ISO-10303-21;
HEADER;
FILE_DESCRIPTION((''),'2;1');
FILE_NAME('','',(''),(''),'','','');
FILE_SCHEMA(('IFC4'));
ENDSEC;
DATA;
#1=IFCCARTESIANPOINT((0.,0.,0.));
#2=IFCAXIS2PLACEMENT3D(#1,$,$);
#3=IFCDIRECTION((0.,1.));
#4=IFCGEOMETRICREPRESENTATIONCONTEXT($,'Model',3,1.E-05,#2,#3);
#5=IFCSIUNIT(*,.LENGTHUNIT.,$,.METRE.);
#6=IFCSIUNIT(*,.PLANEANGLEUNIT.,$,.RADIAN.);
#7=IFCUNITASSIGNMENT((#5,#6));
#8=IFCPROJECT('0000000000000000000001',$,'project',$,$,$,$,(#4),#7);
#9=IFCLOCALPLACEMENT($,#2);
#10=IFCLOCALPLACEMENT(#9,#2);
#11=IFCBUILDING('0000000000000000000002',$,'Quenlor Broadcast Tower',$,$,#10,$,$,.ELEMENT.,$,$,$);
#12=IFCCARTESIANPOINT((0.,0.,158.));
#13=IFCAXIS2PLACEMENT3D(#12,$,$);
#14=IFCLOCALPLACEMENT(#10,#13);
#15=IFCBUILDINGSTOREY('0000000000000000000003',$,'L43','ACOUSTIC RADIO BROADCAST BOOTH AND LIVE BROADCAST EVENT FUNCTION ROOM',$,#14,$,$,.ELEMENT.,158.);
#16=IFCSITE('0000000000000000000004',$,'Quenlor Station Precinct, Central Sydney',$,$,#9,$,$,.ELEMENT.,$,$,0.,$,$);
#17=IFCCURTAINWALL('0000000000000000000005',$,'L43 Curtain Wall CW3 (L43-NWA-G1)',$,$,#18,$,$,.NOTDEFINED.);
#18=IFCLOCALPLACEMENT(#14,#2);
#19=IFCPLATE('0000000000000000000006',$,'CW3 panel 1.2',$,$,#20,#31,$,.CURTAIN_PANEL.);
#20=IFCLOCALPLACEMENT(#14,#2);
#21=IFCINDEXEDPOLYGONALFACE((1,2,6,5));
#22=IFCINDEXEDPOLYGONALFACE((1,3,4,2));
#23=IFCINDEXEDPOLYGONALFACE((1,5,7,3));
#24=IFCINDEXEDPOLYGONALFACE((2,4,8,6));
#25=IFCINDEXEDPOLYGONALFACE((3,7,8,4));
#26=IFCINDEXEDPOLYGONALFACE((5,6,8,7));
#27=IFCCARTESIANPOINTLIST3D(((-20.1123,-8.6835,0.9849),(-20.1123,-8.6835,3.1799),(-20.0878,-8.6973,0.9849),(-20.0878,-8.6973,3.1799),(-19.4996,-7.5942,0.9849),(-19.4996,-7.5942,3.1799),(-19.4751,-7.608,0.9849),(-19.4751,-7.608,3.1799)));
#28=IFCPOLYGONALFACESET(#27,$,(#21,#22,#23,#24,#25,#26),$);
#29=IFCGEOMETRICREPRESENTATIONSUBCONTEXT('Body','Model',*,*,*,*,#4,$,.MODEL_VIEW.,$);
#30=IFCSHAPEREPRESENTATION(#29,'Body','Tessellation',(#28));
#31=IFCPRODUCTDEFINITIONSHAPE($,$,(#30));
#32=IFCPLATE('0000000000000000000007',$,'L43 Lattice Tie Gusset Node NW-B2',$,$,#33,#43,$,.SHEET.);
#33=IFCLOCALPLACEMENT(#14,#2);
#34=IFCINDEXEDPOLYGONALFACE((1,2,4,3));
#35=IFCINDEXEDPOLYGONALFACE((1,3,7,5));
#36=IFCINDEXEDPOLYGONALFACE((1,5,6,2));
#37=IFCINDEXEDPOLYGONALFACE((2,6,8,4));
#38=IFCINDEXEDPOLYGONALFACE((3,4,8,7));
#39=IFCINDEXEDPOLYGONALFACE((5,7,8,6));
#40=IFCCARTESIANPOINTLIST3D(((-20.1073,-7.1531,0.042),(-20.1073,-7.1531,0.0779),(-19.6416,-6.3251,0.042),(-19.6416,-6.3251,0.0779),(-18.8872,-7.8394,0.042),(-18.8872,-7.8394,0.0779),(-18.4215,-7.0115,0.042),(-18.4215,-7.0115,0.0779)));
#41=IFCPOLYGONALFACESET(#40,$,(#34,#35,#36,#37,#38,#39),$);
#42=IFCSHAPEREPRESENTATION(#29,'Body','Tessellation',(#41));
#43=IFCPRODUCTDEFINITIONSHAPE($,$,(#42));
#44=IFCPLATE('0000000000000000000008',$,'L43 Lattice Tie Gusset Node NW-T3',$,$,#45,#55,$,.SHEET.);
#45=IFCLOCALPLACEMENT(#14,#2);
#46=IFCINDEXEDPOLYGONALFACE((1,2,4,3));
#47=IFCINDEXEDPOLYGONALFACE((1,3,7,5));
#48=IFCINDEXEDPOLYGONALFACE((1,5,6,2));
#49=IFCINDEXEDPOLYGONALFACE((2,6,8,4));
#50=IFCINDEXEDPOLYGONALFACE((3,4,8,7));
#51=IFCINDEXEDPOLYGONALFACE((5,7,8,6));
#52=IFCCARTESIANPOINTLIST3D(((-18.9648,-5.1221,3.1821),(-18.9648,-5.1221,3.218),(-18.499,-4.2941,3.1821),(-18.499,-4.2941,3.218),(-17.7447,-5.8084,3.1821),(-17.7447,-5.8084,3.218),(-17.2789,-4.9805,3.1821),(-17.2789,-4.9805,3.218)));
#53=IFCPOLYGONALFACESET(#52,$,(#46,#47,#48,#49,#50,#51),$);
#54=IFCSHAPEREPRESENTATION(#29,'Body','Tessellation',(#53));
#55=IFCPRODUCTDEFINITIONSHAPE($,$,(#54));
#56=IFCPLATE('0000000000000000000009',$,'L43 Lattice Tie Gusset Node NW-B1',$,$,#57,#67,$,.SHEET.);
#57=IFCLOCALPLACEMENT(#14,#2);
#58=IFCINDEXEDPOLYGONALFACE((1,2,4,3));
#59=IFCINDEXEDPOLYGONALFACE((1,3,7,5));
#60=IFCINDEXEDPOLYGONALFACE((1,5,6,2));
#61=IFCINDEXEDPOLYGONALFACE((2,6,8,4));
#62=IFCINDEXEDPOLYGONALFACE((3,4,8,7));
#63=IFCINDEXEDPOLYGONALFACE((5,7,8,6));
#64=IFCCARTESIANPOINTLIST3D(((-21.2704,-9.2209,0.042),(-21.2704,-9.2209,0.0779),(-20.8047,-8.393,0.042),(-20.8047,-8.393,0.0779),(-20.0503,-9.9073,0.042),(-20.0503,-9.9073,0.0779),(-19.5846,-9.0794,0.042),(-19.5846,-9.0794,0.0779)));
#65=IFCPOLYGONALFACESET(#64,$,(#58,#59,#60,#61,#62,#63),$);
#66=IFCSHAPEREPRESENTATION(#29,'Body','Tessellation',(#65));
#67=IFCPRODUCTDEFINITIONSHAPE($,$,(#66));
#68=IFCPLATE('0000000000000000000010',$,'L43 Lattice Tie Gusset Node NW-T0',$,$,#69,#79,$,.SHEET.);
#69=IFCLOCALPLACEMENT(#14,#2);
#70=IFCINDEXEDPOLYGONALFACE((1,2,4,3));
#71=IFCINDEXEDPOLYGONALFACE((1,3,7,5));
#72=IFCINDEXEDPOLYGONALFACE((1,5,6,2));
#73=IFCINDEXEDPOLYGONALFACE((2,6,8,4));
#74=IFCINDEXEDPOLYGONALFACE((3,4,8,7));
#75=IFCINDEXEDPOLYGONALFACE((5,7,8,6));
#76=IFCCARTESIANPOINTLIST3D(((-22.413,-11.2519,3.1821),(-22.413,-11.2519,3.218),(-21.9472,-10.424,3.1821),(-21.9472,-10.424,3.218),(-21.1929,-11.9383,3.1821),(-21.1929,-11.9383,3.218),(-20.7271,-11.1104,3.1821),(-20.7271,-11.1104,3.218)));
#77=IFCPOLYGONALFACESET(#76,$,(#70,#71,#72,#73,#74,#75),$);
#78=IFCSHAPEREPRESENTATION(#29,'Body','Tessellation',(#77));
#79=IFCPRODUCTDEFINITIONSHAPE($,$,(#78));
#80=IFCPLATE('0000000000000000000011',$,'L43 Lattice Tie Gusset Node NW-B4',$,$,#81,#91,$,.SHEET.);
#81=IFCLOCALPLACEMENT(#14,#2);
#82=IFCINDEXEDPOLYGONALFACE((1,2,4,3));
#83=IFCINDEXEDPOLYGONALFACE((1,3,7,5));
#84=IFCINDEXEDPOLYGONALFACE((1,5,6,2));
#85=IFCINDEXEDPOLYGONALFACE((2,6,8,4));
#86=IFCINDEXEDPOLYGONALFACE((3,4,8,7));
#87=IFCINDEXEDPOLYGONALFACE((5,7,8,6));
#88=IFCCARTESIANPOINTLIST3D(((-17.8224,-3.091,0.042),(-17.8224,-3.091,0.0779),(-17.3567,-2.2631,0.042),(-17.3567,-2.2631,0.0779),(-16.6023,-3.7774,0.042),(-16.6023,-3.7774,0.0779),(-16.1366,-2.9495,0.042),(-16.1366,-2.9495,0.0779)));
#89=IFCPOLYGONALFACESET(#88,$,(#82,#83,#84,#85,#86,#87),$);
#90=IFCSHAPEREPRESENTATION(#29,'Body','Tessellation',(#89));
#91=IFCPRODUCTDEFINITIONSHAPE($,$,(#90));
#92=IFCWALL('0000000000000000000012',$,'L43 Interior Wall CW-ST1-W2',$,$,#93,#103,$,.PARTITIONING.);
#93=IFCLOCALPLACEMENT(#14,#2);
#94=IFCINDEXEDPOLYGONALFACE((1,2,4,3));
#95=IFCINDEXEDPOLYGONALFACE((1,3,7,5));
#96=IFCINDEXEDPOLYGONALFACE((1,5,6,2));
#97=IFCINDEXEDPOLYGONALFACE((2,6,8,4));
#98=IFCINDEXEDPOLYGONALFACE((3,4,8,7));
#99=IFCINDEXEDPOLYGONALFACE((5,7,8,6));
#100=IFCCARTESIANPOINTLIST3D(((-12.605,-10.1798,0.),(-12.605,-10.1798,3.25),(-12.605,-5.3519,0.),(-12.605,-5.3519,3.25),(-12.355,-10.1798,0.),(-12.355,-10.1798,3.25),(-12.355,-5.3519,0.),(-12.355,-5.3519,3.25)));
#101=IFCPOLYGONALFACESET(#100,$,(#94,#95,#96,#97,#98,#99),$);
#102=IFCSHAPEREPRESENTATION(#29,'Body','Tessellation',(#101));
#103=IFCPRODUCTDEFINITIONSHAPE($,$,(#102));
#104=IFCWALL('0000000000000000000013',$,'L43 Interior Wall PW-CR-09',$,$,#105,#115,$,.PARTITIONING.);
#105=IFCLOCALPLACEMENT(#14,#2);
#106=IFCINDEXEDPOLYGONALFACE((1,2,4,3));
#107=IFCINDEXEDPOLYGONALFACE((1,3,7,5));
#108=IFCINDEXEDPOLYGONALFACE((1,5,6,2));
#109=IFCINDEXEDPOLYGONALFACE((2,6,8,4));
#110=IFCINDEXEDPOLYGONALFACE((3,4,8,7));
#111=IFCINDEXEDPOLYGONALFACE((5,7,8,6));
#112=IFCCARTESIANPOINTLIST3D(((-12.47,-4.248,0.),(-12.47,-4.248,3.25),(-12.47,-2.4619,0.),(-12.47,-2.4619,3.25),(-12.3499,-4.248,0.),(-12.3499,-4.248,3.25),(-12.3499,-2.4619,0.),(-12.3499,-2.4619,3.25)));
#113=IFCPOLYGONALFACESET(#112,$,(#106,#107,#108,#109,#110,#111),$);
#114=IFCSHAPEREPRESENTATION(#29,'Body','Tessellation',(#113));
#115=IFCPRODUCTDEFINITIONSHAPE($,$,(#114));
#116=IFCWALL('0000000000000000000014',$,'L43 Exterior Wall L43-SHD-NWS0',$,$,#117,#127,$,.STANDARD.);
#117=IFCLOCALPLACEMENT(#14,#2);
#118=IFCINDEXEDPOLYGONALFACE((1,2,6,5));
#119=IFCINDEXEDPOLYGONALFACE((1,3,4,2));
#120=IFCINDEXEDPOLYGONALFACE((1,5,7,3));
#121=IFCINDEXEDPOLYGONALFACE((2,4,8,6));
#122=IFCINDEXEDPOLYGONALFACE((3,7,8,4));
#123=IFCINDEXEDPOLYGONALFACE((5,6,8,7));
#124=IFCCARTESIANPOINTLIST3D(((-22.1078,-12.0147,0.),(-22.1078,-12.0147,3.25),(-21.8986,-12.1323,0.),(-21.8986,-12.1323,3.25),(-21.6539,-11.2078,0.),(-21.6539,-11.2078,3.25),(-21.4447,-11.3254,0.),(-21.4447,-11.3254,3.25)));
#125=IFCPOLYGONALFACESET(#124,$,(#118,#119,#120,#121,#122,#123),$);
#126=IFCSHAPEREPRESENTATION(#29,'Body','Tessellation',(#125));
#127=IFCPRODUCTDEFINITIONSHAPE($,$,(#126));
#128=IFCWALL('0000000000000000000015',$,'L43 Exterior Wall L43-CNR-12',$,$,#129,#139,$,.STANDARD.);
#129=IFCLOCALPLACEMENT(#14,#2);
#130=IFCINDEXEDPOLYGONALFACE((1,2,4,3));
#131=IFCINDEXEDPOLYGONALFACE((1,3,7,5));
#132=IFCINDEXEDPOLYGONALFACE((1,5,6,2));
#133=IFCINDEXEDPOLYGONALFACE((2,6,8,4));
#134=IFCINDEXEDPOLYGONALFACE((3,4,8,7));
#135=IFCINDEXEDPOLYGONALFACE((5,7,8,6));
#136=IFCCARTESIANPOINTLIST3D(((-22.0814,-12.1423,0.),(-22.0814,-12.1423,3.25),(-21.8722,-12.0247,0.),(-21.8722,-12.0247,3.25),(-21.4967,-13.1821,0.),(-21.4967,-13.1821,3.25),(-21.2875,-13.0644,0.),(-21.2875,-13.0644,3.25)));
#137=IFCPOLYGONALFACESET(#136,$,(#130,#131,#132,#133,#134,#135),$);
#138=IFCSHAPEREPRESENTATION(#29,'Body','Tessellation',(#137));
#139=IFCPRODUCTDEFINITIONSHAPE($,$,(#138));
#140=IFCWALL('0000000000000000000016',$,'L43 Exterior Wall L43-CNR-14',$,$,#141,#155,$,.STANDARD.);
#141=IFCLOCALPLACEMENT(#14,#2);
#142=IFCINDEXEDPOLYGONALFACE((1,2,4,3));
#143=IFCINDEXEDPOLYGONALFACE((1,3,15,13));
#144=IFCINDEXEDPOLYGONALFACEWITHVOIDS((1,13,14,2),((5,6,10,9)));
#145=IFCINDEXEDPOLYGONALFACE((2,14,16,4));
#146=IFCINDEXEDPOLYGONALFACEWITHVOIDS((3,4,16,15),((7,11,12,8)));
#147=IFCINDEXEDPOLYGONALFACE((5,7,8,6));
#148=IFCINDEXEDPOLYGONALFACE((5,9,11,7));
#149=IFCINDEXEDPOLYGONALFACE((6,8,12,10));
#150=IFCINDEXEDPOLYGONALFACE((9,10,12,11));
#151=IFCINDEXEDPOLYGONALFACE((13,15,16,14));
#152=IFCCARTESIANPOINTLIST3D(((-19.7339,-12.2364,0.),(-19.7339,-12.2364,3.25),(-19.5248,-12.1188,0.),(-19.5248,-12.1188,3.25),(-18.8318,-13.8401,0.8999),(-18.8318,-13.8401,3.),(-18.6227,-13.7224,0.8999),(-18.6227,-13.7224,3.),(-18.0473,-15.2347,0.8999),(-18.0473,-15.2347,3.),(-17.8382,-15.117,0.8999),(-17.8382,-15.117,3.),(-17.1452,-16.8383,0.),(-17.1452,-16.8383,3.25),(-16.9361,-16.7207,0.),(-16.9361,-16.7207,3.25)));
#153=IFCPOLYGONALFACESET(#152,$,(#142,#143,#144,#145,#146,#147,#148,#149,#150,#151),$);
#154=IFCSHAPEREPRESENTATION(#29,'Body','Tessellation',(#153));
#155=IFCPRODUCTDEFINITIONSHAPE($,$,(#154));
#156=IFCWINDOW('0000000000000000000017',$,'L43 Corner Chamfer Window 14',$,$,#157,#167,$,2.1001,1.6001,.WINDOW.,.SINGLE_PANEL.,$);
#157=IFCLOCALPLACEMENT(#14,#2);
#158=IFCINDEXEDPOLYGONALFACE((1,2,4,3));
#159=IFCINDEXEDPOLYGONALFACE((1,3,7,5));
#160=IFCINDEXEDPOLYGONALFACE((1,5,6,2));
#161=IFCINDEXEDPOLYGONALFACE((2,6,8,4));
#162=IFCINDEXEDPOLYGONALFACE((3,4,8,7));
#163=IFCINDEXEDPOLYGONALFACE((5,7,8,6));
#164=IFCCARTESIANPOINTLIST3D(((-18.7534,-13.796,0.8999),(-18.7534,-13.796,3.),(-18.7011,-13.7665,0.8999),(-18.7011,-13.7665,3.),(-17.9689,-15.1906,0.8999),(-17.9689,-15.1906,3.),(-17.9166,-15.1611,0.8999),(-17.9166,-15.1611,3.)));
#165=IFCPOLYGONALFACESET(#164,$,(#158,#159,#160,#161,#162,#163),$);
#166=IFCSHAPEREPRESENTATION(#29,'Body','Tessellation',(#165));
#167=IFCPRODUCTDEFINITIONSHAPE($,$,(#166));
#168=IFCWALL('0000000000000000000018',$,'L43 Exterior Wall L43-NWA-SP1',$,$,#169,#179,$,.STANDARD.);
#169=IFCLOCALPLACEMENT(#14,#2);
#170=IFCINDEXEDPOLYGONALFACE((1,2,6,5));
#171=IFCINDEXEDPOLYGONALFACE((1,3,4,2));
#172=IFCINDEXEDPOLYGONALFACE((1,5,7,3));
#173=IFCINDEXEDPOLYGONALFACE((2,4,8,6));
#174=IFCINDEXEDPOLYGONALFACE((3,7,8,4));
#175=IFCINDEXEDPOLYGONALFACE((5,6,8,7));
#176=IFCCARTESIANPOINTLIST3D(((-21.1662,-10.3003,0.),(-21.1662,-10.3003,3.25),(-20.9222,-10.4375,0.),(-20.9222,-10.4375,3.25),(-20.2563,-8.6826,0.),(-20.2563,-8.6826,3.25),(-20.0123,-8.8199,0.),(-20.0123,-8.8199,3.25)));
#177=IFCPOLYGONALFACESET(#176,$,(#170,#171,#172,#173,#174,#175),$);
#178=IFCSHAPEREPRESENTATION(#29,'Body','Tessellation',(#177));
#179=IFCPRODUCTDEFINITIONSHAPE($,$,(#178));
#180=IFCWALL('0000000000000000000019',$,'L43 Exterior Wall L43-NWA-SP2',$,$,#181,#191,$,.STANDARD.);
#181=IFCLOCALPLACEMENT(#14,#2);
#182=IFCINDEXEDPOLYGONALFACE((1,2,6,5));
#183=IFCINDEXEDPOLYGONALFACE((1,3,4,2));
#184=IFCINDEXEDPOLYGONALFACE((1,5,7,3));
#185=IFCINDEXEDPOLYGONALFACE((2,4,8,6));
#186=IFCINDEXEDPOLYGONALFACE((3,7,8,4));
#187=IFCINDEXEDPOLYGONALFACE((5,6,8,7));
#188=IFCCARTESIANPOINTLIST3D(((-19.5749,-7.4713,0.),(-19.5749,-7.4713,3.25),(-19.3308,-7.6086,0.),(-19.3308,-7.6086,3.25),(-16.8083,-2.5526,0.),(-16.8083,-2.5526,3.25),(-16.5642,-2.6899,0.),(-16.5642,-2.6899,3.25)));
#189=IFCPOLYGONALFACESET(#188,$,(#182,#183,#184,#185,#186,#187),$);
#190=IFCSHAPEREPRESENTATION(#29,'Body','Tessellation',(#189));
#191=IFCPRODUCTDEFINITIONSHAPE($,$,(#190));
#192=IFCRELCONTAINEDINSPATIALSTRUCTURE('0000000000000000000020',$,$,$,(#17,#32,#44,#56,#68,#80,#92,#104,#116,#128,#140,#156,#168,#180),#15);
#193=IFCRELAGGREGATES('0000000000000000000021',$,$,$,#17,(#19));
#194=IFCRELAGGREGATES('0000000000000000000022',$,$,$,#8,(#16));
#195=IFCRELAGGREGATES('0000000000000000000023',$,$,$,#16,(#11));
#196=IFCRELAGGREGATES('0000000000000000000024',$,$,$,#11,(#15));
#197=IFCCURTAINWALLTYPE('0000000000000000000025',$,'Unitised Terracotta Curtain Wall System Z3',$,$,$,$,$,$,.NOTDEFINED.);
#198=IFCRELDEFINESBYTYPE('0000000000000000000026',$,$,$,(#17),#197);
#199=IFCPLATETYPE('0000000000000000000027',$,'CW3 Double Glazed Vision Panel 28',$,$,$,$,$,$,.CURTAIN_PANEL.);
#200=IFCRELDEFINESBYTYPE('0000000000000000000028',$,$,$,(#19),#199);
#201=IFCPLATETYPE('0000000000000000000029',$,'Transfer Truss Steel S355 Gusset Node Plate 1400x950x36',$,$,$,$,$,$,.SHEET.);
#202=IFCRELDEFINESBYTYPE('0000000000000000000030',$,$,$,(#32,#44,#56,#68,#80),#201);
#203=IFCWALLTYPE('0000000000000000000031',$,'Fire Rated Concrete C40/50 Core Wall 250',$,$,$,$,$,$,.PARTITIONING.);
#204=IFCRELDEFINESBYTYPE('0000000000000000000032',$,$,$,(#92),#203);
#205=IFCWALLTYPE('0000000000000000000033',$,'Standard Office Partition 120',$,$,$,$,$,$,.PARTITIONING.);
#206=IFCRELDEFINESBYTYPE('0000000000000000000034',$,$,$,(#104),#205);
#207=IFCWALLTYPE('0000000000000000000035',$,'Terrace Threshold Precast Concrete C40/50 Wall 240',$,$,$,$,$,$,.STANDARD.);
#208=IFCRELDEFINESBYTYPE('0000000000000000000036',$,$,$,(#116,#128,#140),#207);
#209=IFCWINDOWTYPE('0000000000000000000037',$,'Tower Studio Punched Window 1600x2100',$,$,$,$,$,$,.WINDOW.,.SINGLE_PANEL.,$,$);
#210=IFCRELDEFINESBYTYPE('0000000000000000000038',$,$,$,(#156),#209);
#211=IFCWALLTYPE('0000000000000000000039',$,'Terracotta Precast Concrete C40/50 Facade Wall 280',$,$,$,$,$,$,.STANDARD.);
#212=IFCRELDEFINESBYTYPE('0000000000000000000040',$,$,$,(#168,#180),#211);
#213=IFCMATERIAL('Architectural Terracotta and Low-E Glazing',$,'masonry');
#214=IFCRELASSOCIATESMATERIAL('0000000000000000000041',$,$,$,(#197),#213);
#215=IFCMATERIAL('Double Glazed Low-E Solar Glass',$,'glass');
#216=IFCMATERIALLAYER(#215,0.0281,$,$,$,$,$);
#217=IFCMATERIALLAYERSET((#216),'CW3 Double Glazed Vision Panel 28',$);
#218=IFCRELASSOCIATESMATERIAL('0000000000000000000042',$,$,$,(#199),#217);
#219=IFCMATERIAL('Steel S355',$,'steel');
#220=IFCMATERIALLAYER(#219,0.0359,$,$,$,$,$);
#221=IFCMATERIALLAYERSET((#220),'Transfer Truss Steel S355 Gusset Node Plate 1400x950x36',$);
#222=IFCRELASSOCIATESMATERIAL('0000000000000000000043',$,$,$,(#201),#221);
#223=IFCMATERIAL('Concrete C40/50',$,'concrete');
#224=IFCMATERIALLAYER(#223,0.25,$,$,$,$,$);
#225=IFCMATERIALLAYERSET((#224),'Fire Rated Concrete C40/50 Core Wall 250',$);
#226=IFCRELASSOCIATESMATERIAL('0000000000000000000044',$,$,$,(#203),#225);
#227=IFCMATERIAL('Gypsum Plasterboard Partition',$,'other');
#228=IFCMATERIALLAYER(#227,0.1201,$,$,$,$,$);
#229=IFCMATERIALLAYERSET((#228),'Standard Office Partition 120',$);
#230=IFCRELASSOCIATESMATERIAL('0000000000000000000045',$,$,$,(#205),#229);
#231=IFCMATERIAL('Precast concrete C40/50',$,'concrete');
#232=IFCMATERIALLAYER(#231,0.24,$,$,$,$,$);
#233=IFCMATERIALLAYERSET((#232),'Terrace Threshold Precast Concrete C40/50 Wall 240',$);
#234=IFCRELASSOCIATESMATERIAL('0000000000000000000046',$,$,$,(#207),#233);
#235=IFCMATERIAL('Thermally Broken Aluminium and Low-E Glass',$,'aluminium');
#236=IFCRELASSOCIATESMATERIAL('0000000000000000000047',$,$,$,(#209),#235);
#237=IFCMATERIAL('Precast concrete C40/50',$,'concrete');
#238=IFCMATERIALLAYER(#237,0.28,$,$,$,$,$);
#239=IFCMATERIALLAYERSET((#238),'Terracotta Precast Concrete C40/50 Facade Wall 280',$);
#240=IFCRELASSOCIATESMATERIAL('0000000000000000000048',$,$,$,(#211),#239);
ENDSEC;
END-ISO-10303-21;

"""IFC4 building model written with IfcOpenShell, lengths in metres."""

from ifc_helpers import new_model, si_unit, direction, frame, frame_2d, origin, origin_2d, place, context, subcontext, project, spatial, rectangle, extrude, material, layer, layer_set, type_object, element, fill, aggregate, save


model = new_model("IFC4")

# Units and contexts
model_context = context("Model", 3, precision=1e-05, world=origin(), true_north=direction((0.0, 1.0)))
body_context = subcontext(model_context, "Body", "Model", "MODEL_VIEW")
ifc_project = project(units=[si_unit("LENGTHUNIT", "METRE"), si_unit("PLANEANGLEUNIT", "RADIAN")], contexts=[model_context])

# Site, building, storey
site_placement = place(None, origin())
site = spatial("IfcSite", under=ifc_project, at=site_placement, Name="Quenlor Station Precinct, Central Sydney", CompositionType="ELEMENT", RefElevation=0.0)
building_placement = place(site_placement, origin())
building = spatial("IfcBuilding", under=site, at=building_placement, Name="Quenlor Broadcast Tower", CompositionType="ELEMENT")
storey_placement = place(building_placement, frame((0.0, 0.0, 158.0)))
storey = spatial("IfcBuildingStorey", under=building, at=storey_placement, Name="L43", Description="ACOUSTIC RADIO BROADCAST BOOTH AND LIVE BROADCAST EVENT FUNCTION ROOM", CompositionType="ELEMENT", Elevation=158.0)

# Curtain wall
ifc_material_1 = material(Name="Architectural Terracotta and Low-E Glazing", Category="masonry")
curtain_wall_type = type_object("IfcCurtainWallType", Name="Unitised Terracotta Curtain Wall System Z3", PredefinedType="NOTDEFINED", material=ifc_material_1)
curtain_wall_placement = place(storey_placement, origin())
curtain_wall = element("IfcCurtainWall", 1, at=curtain_wall_placement, inside=storey, type_object=curtain_wall_type, Name="L43 Curtain Wall CW3 (L43-NWA-G1)", PredefinedType="NOTDEFINED")

# Plate
ifc_material_2 = material(Name="Double Glazed Low-E Solar Glass", Category="glass")
ifc_layer_1 = layer(ifc_material_2, 0.0281)
ifc_layer_set_1 = layer_set([ifc_layer_1], Name="CW3 Double Glazed Vision Panel 28")
plate_type_1 = type_object("IfcPlateType", Name="CW3 Double Glazed Vision Panel 28", PredefinedType="CURTAIN_PANEL", material=ifc_layer_set_1)
plate_1_placement = place(storey_placement, frame((-19.7937, -8.1458, 0.9849), z_axis=(0.0, 0.0, 1.0), x_axis=(0.490261, 0.871576, 0.0)))
plate_1 = element("IfcPlate", 2, at=plate_1_placement, type_object=plate_type_1, Name="CW3 panel 1.2", PredefinedType="CURTAIN_PANEL", context=body_context, shape_type="SweptSolid", body=[
    extrude(rectangle(XDim=1.2498, YDim=0.0281, at=origin_2d()), origin(), (0.0, 0.0, 1.0), 2.1951),
])
aggregate(curtain_wall, [plate_1])

# Plates
ifc_material_3 = material(Name="Steel S355", Category="steel")
ifc_layer_2 = layer(ifc_material_3, 0.0359)
ifc_layer_set_2 = layer_set([ifc_layer_2], Name="Transfer Truss Steel S355 Gusset Node Plate 1400x950x36")
plate_type_2 = type_object("IfcPlateType", Name="Transfer Truss Steel S355 Gusset Node Plate 1400x950x36", PredefinedType="SHEET", material=ifc_layer_set_2)
for number, where, z_axis, x_axis, name in (
    (3, (-19.2644, -7.0823, 0.042), (0.0, 0.0, 1.0), (-0.871556, 0.490295, 0.0), "L43 Lattice Tie Gusset Node NW-B2"),
    (4, (-18.1218, -5.0513, 3.1821), (0.0, 0.0, 1.0), (-0.871556, 0.490295, 0.0), "L43 Lattice Tie Gusset Node NW-T3"),
    (5, (-20.4275, -9.1501, 0.042), (0.0, 0.0, 1.0), (-0.871556, 0.490295, 0.0), "L43 Lattice Tie Gusset Node NW-B1"),
    (6, (-21.5701, -11.1812, 3.1821), (0.0, 0.0, 1.0), (-0.871556, 0.490295, 0.0), "L43 Lattice Tie Gusset Node NW-T0"),
    (7, (-16.9795, -3.0203, 0.042), (0.0, 0.0, 1.0), (-0.871556, 0.490295, 0.0), "L43 Lattice Tie Gusset Node NW-B4"),
):
    element("IfcPlate", number, at=place(storey_placement, frame(where, z_axis=z_axis, x_axis=x_axis)), inside=storey, type_object=plate_type_2, Name=name, PredefinedType="SHEET", context=body_context, shape_type="SweptSolid", body=[
        extrude(rectangle(XDim=1.3999, YDim=0.95, at=origin_2d()), origin(), (0.0, 0.0, 1.0), 0.0359),
    ])

# Walls
ifc_material_4 = material(Name="Concrete C40/50", Category="concrete")
ifc_layer_3 = layer(ifc_material_4, 0.25)
ifc_layer_set_3 = layer_set([ifc_layer_3], Name="Fire Rated Concrete C40/50 Core Wall 250")
wall_type_1 = type_object("IfcWallType", Name="Fire Rated Concrete C40/50 Core Wall 250", PredefinedType="PARTITIONING", material=ifc_layer_set_3)
wall_1_placement = place(storey_placement, frame((-12.48, -10.1799, 0.0), z_axis=(0.0, 0.0, 1.0), x_axis=(0.0, 1.0, 0.0)))
element("IfcWall", 8, at=wall_1_placement, inside=storey, type_object=wall_type_1, Name="L43 Interior Wall CW-ST1-W2", PredefinedType="PARTITIONING", context=body_context, shape_type="SweptSolid", body=[
    extrude(rectangle(XDim=4.8279, YDim=0.25, at=frame_2d((2.4141, 0.0))), origin(), (0.0, 0.0, 1.0), 3.25),
])
ifc_material_5 = material(Name="Gypsum Plasterboard Partition", Category="other")
ifc_layer_4 = layer(ifc_material_5, 0.1201)
ifc_layer_set_4 = layer_set([ifc_layer_4], Name="Standard Office Partition 120")
wall_type_2 = type_object("IfcWallType", Name="Standard Office Partition 120", PredefinedType="PARTITIONING", material=ifc_layer_set_4)
wall_2_placement = place(storey_placement, frame((-12.4099, -4.248, 0.0), z_axis=(0.0, 0.0, 1.0), x_axis=(0.0, 1.0, 0.0)))
element("IfcWall", 9, at=wall_2_placement, inside=storey, type_object=wall_type_2, Name="L43 Interior Wall PW-CR-09", PredefinedType="PARTITIONING", context=body_context, shape_type="SweptSolid", body=[
    extrude(rectangle(XDim=1.7861, YDim=0.1201, at=frame_2d((0.8931, 0.0))), origin(), (0.0, 0.0, 1.0), 3.25),
])
ifc_material_6 = material(Name="Precast concrete C40/50", Category="concrete")
ifc_layer_5 = layer(ifc_material_6, 0.24)
ifc_layer_set_5 = layer_set([ifc_layer_5], Name="Terrace Threshold Precast Concrete C40/50 Wall 240")
wall_type_3 = type_object("IfcWallType", Name="Terrace Threshold Precast Concrete C40/50 Wall 240", PredefinedType="STANDARD", material=ifc_layer_set_5)
wall_3_placement = place(storey_placement, frame((-22.0032, -12.0735, 0.0), z_axis=(0.0, 0.0, 1.0), x_axis=(0.490249, 0.871583, 0.0)))
element("IfcWall", 10, at=wall_3_placement, inside=storey, type_object=wall_type_3, Name="L43 Exterior Wall L43-SHD-NWS0", PredefinedType="STANDARD", context=body_context, shape_type="SweptSolid", body=[
    extrude(rectangle(XDim=0.9258, YDim=0.24, at=frame_2d((0.4629, 0.0))), origin(), (0.0, 0.0, 1.0), 3.25),
])
wall_4_placement = place(storey_placement, frame((-21.9768, -12.0835, 0.0), z_axis=(0.0, 0.0, 1.0), x_axis=(0.490154, -0.871636, 0.0)))
element("IfcWall", 11, at=wall_4_placement, inside=storey, type_object=wall_type_3, Name="L43 Exterior Wall L43-CNR-12", PredefinedType="STANDARD", context=body_context, shape_type="SweptSolid", body=[
    extrude(rectangle(XDim=1.1929, YDim=0.24, at=frame_2d((0.5964, 0.0))), origin(), (0.0, 0.0, 1.0), 3.25),
])

# Wall, opening, window
wall_5_placement = place(storey_placement, frame((-19.6294, -12.1775, 0.0), z_axis=(0.0, 0.0, 1.0), x_axis=(0.490277, -0.871567, 0.0)))
wall_5 = element("IfcWall", 12, at=wall_5_placement, inside=storey, type_object=wall_type_3, Name="L43 Exterior Wall L43-CNR-14", PredefinedType="STANDARD", context=body_context, shape_type="SweptSolid", body=[
    extrude(rectangle(XDim=5.28, YDim=0.24, at=frame_2d((2.6401, 0.0))), origin(), (0.0, 0.0, 1.0), 3.25),
])
opening_placement = place(wall_5_placement, frame((1.8401, 0.0, 0.8999)))
opening = element("IfcOpeningElement", 13, at=opening_placement, cuts=wall_5, PredefinedType="OPENING", context=body_context, shape_type="SweptSolid", body=[
    extrude(rectangle(XDim=1.6001, YDim=2.1001, at=frame_2d((0.8, 1.05))), frame((0.0, 0.1299, 0.0), z_axis=(0.0, -1.0, 0.0), x_axis=(1.0, 0.0, 0.0)), (0.0, 0.0, 1.0), 0.26),
])
ifc_material_7 = material(Name="Thermally Broken Aluminium and Low-E Glass", Category="aluminium")
window_type = type_object("IfcWindowType", Name="Tower Studio Punched Window 1600x2100", PartitioningType="SINGLE_PANEL", PredefinedType="WINDOW", material=ifc_material_7)
window_placement = place(opening_placement, origin())
window = element("IfcWindow", 14, at=window_placement, inside=storey, type_object=window_type, Name="L43 Corner Chamfer Window 14", OverallHeight=2.1001, OverallWidth=1.6001, PartitioningType="SINGLE_PANEL", PredefinedType="WINDOW", context=body_context, shape_type="SweptSolid", body=[
    extrude(rectangle(XDim=1.6001, YDim=2.1001, at=frame_2d((0.8, 1.05))), frame((0.0, 0.03, 0.0), z_axis=(0.0, -1.0, 0.0), x_axis=(1.0, 0.0, 0.0)), (0.0, 0.0, 1.0), 0.0601),
])
fill(opening, window)

# Walls
ifc_material_8 = material(Name="Precast concrete C40/50", Category="concrete")
ifc_layer_6 = layer(ifc_material_8, 0.28)
ifc_layer_set_6 = layer_set([ifc_layer_6], Name="Terracotta Precast Concrete C40/50 Facade Wall 280")
wall_type_4 = type_object("IfcWallType", Name="Terracotta Precast Concrete C40/50 Facade Wall 280", PredefinedType="STANDARD", material=ifc_layer_set_6)
wall_6_placement = place(storey_placement, frame((-21.0442, -10.3689, 0.0), z_axis=(0.0, 0.0, 1.0), x_axis=(0.490249, 0.871583, 0.0)))
element("IfcWall", 15, at=wall_6_placement, inside=storey, type_object=wall_type_4, Name="L43 Exterior Wall L43-NWA-SP1", PredefinedType="STANDARD", context=body_context, shape_type="SweptSolid", body=[
    extrude(rectangle(XDim=1.856, YDim=0.28, at=frame_2d((0.928, 0.0))), origin(), (0.0, 0.0, 1.0), 3.25),
])
wall_7_placement = place(storey_placement, frame((-19.4529, -7.54, 0.0), z_axis=(0.0, 0.0, 1.0), x_axis=(0.490239, 0.871588, 0.0)))
element("IfcWall", 16, at=wall_7_placement, inside=storey, type_object=wall_type_4, Name="L43 Exterior Wall L43-NWA-SP2", PredefinedType="STANDARD", context=body_context, shape_type="SweptSolid", body=[
    extrude(rectangle(XDim=5.6433, YDim=0.28, at=frame_2d((2.8218, 0.0))), origin(), (0.0, 0.0, 1.0), 3.25),
])

save(model, "model.ifc")
